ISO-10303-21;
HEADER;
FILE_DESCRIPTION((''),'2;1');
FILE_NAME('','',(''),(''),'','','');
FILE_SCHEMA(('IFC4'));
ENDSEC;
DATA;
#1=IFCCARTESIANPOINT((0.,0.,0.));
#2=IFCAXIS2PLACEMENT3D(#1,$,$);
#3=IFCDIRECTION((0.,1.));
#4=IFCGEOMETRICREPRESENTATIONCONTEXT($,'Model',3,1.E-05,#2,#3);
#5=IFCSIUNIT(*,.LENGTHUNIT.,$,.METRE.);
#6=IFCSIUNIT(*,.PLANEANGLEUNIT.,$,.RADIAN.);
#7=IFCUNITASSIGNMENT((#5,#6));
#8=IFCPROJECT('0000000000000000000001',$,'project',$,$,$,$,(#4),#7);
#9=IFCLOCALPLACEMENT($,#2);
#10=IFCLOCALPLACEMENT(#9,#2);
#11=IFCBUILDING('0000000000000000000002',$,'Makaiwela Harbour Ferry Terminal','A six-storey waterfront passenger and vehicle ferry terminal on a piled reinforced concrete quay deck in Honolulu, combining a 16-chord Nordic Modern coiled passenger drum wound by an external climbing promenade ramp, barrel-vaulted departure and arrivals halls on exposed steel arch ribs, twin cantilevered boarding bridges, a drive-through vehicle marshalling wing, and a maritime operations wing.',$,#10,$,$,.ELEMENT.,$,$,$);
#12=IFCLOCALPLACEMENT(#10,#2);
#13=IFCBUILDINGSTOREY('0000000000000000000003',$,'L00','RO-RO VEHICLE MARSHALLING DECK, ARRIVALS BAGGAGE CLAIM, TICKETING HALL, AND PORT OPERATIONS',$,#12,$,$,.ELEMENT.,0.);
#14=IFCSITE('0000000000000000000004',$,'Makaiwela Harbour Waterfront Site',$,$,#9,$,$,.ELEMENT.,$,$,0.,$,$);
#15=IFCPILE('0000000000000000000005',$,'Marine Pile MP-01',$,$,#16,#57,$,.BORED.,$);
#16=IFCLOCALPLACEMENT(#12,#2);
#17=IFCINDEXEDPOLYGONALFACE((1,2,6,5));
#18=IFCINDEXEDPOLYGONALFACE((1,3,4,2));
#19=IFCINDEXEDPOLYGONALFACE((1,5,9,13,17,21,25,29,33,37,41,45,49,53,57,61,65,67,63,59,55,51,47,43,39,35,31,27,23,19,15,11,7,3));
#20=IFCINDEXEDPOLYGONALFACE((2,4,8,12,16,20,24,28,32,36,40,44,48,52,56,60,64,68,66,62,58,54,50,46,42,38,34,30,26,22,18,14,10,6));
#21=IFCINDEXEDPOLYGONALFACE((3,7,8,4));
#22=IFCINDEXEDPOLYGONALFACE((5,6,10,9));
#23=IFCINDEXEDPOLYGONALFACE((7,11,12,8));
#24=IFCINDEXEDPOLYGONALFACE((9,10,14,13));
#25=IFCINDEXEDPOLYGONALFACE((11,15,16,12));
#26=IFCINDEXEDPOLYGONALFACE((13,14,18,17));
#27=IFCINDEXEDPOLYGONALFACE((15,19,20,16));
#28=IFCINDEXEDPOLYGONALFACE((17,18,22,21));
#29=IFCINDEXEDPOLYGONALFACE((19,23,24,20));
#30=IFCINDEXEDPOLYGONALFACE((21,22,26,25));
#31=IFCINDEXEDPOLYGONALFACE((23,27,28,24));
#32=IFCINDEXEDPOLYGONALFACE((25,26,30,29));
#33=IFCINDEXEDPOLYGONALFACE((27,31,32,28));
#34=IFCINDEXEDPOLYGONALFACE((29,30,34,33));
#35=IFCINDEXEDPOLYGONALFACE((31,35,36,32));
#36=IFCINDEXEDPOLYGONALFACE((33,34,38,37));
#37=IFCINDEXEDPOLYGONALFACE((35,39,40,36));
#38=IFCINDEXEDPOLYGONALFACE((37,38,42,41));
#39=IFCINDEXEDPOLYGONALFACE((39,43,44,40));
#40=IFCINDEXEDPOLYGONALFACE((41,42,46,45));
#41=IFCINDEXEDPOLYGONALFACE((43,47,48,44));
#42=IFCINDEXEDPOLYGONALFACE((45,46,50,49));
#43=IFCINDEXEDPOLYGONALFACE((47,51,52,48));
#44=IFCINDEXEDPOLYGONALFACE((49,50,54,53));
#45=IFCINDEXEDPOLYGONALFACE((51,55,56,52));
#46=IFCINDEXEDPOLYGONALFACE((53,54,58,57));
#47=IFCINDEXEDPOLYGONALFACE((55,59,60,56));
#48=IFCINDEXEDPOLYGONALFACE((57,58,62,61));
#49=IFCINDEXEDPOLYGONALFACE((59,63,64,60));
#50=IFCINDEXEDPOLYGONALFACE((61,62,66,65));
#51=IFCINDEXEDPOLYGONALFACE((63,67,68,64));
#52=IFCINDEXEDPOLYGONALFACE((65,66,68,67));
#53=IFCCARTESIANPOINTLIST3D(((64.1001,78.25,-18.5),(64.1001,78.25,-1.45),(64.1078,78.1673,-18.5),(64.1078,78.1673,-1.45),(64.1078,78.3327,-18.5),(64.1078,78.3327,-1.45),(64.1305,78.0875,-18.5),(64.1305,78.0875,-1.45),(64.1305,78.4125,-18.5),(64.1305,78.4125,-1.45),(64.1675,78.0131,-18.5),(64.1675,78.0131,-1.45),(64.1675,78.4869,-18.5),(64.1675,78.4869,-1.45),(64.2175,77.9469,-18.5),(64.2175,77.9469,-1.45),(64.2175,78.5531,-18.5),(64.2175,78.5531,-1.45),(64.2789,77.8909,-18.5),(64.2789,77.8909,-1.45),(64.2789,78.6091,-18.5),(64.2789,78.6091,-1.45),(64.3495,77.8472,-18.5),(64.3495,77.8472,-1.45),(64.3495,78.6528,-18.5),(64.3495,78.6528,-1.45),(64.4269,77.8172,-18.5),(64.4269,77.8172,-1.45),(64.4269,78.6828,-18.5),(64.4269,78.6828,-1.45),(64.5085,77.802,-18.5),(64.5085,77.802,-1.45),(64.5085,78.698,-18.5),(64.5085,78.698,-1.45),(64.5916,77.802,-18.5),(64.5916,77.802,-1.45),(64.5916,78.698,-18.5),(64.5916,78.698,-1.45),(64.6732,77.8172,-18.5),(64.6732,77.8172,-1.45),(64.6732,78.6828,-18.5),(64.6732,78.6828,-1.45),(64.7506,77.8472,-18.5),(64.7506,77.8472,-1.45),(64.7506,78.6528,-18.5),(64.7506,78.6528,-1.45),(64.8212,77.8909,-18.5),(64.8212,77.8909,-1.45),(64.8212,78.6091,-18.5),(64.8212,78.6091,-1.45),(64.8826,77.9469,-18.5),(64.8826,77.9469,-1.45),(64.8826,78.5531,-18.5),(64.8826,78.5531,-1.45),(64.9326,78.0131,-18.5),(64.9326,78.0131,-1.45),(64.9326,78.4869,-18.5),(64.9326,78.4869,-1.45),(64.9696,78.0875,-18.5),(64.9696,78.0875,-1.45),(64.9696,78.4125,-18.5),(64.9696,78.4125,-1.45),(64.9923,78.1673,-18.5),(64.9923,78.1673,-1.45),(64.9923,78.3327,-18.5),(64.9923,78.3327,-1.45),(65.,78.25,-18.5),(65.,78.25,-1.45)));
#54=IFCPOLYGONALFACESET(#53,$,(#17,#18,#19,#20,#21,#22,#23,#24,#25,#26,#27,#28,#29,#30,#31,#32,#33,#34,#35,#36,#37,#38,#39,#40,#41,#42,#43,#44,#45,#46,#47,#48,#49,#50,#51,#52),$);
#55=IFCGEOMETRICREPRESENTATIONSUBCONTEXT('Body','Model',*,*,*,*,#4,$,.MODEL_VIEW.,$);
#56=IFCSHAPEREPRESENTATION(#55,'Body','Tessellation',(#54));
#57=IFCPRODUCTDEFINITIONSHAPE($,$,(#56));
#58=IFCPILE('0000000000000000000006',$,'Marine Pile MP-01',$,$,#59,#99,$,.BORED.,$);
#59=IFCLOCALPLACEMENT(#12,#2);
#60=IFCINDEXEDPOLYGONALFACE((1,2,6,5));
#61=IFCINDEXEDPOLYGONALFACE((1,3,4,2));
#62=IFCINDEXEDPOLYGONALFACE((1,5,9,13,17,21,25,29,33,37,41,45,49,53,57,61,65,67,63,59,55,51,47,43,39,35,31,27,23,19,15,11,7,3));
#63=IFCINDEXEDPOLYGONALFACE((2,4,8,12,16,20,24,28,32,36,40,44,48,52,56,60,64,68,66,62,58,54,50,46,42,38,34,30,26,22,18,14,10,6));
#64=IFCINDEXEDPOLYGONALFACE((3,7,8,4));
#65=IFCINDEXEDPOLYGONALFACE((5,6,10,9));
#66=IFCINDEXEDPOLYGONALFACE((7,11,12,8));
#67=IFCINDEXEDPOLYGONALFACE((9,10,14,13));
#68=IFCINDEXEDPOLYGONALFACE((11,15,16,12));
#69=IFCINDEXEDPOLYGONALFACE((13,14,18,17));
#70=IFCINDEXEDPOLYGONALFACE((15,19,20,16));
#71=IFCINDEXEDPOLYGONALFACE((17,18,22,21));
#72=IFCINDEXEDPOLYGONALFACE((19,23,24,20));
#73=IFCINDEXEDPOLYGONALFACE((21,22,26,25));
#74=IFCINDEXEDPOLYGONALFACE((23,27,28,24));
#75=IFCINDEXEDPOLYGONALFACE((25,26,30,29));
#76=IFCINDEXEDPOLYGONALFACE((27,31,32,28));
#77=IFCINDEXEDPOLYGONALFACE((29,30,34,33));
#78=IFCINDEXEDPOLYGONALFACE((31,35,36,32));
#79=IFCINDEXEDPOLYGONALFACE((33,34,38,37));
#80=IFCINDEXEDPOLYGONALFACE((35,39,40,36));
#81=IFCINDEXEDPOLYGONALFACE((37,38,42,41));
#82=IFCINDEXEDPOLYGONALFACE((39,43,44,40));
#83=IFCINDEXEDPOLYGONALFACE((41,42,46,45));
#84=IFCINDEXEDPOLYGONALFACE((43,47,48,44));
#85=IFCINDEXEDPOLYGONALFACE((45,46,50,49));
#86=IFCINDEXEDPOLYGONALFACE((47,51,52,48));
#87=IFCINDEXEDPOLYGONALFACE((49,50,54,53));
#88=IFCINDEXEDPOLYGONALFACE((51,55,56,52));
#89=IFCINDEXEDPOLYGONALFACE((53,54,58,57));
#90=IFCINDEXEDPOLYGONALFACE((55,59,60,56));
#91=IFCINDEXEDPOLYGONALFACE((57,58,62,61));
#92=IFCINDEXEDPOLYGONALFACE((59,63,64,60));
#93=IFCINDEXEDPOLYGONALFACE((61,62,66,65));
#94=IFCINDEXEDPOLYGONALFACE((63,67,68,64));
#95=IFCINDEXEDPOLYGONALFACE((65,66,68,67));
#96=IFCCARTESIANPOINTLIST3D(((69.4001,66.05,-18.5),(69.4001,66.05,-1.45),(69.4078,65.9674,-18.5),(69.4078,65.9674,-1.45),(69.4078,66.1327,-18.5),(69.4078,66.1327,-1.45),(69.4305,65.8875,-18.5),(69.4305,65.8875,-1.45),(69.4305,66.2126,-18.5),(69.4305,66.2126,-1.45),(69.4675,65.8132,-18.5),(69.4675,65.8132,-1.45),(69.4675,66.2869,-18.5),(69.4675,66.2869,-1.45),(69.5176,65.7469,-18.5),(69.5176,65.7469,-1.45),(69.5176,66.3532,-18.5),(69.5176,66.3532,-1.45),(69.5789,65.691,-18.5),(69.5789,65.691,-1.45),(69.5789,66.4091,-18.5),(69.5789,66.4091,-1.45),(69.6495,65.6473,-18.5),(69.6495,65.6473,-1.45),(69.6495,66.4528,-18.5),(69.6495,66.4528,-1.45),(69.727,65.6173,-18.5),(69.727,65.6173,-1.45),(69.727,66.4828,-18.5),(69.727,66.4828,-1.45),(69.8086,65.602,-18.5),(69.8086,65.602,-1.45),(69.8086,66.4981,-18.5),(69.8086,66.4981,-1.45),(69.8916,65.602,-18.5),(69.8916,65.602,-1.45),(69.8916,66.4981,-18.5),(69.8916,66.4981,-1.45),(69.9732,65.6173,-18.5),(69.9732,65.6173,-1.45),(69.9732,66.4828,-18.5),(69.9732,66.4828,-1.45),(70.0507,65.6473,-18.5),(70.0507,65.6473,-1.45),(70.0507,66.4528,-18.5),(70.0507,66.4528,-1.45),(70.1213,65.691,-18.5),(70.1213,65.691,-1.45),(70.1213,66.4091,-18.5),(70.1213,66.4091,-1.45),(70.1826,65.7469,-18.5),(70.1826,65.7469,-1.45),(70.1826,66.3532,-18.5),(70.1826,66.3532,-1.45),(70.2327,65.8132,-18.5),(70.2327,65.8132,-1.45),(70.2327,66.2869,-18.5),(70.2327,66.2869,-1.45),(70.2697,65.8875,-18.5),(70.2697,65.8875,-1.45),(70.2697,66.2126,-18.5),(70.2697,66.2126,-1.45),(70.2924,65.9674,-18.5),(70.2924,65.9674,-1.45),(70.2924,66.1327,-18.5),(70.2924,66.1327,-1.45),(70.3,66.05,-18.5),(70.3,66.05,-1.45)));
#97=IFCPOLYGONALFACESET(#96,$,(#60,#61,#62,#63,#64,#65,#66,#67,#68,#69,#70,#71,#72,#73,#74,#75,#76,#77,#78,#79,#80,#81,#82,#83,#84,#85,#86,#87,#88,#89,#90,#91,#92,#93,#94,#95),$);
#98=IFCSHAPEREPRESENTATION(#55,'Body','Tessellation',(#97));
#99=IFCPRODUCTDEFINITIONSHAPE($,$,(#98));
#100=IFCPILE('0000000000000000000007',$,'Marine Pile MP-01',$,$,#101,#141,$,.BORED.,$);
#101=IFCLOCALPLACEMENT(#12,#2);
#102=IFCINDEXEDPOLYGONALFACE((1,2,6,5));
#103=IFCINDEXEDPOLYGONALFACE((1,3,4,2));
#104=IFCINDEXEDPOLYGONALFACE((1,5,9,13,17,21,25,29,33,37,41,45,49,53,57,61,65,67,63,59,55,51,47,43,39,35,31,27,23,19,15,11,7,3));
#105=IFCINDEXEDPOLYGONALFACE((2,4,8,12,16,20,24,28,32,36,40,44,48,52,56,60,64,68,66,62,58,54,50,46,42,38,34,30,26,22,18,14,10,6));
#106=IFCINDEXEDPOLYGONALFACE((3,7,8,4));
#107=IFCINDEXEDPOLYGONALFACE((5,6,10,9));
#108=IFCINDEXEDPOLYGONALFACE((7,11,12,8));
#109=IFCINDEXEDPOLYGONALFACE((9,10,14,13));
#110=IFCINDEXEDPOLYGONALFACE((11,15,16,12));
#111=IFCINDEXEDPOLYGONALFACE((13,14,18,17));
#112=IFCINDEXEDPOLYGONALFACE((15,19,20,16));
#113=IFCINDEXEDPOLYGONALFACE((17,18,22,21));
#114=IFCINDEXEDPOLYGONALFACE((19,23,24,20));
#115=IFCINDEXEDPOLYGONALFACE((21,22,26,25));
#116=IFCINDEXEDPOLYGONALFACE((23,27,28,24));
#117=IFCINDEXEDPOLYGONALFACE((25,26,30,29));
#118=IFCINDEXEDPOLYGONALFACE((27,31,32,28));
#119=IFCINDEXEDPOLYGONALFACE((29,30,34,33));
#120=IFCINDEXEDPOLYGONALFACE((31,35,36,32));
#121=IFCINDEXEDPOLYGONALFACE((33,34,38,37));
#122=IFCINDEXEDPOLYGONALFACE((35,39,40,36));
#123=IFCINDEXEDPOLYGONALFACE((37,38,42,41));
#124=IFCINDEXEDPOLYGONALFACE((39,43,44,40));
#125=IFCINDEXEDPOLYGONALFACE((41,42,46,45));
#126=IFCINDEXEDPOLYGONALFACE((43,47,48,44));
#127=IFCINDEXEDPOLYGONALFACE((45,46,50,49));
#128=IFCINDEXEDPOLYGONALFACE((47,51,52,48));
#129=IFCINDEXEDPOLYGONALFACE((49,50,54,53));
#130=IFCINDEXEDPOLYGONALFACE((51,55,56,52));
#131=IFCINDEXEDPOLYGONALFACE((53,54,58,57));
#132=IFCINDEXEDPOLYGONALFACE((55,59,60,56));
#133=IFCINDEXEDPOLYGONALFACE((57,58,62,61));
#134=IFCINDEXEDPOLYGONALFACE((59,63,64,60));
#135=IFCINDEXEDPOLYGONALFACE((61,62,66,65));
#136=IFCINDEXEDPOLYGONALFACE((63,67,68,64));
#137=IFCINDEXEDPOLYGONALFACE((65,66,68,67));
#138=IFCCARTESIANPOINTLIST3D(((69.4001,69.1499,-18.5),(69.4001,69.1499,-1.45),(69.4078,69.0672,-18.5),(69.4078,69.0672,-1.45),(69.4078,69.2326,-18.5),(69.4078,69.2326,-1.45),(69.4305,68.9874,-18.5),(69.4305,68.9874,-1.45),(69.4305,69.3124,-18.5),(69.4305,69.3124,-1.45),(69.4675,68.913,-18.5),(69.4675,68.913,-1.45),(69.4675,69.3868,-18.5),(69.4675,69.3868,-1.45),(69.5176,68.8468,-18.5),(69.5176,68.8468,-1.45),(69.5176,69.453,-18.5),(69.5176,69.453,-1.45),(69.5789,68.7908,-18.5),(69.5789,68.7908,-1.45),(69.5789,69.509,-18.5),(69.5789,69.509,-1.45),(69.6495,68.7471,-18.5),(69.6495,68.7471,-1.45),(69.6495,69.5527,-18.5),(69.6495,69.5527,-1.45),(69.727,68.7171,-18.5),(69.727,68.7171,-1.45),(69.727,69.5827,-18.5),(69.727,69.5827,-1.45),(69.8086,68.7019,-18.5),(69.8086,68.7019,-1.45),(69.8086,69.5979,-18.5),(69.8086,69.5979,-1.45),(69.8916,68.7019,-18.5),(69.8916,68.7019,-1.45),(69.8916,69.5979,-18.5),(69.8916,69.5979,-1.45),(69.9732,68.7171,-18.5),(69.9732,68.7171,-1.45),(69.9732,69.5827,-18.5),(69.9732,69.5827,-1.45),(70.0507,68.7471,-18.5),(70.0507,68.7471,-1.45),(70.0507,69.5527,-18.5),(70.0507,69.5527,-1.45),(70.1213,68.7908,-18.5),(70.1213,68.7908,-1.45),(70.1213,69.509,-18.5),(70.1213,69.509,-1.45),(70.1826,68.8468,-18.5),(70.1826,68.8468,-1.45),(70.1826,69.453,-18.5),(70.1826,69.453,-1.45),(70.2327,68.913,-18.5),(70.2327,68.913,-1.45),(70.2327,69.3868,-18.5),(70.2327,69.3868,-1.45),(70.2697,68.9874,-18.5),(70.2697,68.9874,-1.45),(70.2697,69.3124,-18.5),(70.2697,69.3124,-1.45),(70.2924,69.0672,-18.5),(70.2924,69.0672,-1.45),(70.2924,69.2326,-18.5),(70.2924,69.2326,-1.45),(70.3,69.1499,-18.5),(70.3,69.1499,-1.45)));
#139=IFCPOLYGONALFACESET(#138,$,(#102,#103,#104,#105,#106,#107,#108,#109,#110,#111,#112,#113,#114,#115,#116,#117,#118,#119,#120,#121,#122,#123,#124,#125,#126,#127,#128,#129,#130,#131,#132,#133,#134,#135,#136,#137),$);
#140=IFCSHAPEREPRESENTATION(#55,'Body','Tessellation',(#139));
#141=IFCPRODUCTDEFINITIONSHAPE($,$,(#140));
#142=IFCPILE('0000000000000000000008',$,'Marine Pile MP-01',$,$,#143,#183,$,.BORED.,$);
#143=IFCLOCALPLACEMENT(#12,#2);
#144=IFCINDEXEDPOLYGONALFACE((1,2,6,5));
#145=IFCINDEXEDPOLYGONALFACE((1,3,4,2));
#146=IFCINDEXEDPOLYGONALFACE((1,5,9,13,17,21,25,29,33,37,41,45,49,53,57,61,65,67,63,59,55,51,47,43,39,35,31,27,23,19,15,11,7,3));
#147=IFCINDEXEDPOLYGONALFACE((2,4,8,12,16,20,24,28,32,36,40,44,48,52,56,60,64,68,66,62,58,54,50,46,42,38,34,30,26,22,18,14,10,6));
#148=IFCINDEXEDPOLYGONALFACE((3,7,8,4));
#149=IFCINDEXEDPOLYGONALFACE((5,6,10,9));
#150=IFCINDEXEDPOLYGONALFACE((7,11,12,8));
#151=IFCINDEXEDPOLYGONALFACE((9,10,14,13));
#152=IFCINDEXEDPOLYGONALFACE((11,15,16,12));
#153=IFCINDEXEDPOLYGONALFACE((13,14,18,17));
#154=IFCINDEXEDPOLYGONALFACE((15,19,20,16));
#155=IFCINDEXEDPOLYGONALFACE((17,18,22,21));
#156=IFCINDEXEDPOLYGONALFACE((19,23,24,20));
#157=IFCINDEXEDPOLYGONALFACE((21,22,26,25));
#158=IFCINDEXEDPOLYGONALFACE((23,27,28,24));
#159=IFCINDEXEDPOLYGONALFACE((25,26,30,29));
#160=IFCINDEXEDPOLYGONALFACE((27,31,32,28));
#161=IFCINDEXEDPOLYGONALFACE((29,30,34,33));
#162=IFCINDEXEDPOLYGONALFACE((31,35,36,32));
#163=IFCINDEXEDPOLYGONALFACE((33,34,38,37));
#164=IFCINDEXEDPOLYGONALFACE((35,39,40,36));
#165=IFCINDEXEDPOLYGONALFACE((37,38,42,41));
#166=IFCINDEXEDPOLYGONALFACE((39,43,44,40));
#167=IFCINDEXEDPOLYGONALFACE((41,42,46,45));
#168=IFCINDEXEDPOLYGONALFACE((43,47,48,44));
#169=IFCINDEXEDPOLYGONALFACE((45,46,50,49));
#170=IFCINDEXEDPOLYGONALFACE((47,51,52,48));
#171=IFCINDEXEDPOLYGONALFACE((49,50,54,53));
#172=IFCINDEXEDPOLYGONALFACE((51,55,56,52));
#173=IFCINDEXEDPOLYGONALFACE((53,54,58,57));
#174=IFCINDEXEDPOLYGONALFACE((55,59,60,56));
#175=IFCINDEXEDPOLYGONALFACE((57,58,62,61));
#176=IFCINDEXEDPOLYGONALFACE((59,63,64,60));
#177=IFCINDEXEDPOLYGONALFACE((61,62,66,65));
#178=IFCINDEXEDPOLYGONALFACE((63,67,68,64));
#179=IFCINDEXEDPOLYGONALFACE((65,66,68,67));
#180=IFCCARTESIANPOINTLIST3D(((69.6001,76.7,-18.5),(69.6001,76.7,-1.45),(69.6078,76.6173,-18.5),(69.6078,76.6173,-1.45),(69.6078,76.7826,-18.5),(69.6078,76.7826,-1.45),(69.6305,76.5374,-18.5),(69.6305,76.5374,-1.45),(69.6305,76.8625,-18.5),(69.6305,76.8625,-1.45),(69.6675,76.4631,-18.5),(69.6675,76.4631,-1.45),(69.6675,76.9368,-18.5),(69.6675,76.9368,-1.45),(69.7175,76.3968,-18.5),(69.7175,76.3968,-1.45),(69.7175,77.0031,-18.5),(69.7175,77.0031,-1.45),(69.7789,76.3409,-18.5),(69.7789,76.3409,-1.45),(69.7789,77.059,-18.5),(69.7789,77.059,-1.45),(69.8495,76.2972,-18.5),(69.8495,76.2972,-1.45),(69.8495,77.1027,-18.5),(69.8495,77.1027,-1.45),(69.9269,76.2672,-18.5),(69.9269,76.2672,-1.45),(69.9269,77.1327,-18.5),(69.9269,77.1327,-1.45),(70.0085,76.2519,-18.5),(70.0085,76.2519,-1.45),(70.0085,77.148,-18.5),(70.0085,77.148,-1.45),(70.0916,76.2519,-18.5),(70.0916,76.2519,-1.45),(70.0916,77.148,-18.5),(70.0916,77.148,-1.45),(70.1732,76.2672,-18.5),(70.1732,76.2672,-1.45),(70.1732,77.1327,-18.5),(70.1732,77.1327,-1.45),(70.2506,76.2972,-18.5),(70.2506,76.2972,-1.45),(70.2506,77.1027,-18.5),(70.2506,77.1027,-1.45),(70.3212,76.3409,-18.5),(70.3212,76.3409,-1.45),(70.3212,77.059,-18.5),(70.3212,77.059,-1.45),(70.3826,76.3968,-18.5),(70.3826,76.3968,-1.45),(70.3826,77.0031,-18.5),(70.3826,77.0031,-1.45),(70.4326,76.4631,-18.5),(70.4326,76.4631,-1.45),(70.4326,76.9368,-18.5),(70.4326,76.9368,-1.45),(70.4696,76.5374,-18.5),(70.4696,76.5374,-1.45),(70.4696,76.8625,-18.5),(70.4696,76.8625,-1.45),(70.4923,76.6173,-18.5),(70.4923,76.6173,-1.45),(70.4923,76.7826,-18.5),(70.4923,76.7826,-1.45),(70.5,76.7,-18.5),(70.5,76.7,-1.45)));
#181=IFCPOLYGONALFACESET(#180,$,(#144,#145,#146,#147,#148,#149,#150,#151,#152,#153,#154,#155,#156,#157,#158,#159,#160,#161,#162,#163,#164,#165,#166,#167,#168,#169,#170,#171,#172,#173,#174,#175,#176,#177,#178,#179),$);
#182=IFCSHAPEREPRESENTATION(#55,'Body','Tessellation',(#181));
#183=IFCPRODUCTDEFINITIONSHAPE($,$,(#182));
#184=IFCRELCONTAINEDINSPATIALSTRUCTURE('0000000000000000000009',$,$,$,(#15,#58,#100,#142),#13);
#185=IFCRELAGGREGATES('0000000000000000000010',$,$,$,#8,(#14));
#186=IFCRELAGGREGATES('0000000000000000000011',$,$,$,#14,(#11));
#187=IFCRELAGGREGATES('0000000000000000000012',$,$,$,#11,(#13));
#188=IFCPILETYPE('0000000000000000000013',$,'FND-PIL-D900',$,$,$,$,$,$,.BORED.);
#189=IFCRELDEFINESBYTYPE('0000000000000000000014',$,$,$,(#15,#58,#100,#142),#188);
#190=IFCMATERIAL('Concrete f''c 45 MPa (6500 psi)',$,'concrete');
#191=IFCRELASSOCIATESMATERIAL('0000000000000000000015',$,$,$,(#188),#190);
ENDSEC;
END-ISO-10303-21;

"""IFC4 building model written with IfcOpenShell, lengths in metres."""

from ifc_helpers import new_model, si_unit, direction, frame, origin, origin_2d, place, context, subcontext, project, spatial, circle, extrude, material, material_profile, profile_set, type_object, element, save


model = new_model("IFC4")

# Units and contexts
model_context = context("Model", 3, precision=1e-05, world=origin(), true_north=direction((0.0, 1.0)))
body_context = subcontext(model_context, "Body", "Model", "MODEL_VIEW")
ifc_project = project(units=[si_unit("LENGTHUNIT", "METRE"), si_unit("PLANEANGLEUNIT", "RADIAN")], contexts=[model_context])

# Site, building, storey
site_placement = place(None, origin())
site = spatial("IfcSite", under=ifc_project, at=site_placement, Name="Makaiwela Harbour Waterfront Site", CompositionType="ELEMENT", RefElevation=0.0)
building_placement = place(site_placement, origin())
building = spatial("IfcBuilding", under=site, at=building_placement, Name="Makaiwela Harbour Ferry Terminal", Description="A six-storey waterfront passenger and vehicle ferry terminal on a piled reinforced concrete quay deck in Honolulu, combining a 16-chord Nordic Modern coiled passenger drum wound by an external climbing promenade ramp, barrel-vaulted departure and arrivals halls on exposed steel arch ribs, twin cantilevered boarding bridges, a drive-through vehicle marshalling wing, and a maritime operations wing.", CompositionType="ELEMENT")
storey_placement = place(building_placement, origin())
storey = spatial("IfcBuildingStorey", under=building, at=storey_placement, Name="L00", Description="RO-RO VEHICLE MARSHALLING DECK, ARRIVALS BAGGAGE CLAIM, TICKETING HALL, AND PORT OPERATIONS", CompositionType="ELEMENT", Elevation=0.0)

# Shared definitions
ifc_material_1 = material(Name="Concrete f'c 45 MPa (6500 psi)", Category="concrete")

# Piles
ifc_material_profile_1 = material_profile(ifc_material_1, circle(Radius=0.45, at=origin_2d()), Name="PILE-D900")
ifc_profile_set_1 = profile_set([ifc_material_profile_1], Name="Concrete f'c 45 MPa (6500 psi)")
pile_type = type_object("IfcPileType", Name="FND-PIL-D900", PredefinedType="BORED", material=ifc_profile_set_1)
for number, where, z_axis, x_axis, name in (
    (1, (64.55, 78.25, -1.45), (0.0, 0.0, -1.0), (1.0, 0.0, 0.0), "Marine Pile MP-01"),
    (2, (69.8501, 66.05, -1.45), (0.0, 0.0, -1.0), (1.0, 0.0, 0.0), "Marine Pile MP-01"),
    (3, (69.8501, 69.1499, -1.45), (0.0, 0.0, -1.0), (1.0, 0.0, 0.0), "Marine Pile MP-01"),
    (4, (70.05, 76.7, -1.45), (0.0, 0.0, -1.0), (1.0, 0.0, 0.0), "Marine Pile MP-01"),
):
    element("IfcPile", number, at=place(storey_placement, frame(where, z_axis=z_axis, x_axis=x_axis)), inside=storey, type_object=pile_type, Name=name, PredefinedType="BORED", context=body_context, shape_type="SweptSolid", body=[
        extrude(circle(Radius=0.45, at=origin_2d()), origin(), (0.0, 0.0, 1.0), 17.05),
    ])

save(model, "model.ifc")
